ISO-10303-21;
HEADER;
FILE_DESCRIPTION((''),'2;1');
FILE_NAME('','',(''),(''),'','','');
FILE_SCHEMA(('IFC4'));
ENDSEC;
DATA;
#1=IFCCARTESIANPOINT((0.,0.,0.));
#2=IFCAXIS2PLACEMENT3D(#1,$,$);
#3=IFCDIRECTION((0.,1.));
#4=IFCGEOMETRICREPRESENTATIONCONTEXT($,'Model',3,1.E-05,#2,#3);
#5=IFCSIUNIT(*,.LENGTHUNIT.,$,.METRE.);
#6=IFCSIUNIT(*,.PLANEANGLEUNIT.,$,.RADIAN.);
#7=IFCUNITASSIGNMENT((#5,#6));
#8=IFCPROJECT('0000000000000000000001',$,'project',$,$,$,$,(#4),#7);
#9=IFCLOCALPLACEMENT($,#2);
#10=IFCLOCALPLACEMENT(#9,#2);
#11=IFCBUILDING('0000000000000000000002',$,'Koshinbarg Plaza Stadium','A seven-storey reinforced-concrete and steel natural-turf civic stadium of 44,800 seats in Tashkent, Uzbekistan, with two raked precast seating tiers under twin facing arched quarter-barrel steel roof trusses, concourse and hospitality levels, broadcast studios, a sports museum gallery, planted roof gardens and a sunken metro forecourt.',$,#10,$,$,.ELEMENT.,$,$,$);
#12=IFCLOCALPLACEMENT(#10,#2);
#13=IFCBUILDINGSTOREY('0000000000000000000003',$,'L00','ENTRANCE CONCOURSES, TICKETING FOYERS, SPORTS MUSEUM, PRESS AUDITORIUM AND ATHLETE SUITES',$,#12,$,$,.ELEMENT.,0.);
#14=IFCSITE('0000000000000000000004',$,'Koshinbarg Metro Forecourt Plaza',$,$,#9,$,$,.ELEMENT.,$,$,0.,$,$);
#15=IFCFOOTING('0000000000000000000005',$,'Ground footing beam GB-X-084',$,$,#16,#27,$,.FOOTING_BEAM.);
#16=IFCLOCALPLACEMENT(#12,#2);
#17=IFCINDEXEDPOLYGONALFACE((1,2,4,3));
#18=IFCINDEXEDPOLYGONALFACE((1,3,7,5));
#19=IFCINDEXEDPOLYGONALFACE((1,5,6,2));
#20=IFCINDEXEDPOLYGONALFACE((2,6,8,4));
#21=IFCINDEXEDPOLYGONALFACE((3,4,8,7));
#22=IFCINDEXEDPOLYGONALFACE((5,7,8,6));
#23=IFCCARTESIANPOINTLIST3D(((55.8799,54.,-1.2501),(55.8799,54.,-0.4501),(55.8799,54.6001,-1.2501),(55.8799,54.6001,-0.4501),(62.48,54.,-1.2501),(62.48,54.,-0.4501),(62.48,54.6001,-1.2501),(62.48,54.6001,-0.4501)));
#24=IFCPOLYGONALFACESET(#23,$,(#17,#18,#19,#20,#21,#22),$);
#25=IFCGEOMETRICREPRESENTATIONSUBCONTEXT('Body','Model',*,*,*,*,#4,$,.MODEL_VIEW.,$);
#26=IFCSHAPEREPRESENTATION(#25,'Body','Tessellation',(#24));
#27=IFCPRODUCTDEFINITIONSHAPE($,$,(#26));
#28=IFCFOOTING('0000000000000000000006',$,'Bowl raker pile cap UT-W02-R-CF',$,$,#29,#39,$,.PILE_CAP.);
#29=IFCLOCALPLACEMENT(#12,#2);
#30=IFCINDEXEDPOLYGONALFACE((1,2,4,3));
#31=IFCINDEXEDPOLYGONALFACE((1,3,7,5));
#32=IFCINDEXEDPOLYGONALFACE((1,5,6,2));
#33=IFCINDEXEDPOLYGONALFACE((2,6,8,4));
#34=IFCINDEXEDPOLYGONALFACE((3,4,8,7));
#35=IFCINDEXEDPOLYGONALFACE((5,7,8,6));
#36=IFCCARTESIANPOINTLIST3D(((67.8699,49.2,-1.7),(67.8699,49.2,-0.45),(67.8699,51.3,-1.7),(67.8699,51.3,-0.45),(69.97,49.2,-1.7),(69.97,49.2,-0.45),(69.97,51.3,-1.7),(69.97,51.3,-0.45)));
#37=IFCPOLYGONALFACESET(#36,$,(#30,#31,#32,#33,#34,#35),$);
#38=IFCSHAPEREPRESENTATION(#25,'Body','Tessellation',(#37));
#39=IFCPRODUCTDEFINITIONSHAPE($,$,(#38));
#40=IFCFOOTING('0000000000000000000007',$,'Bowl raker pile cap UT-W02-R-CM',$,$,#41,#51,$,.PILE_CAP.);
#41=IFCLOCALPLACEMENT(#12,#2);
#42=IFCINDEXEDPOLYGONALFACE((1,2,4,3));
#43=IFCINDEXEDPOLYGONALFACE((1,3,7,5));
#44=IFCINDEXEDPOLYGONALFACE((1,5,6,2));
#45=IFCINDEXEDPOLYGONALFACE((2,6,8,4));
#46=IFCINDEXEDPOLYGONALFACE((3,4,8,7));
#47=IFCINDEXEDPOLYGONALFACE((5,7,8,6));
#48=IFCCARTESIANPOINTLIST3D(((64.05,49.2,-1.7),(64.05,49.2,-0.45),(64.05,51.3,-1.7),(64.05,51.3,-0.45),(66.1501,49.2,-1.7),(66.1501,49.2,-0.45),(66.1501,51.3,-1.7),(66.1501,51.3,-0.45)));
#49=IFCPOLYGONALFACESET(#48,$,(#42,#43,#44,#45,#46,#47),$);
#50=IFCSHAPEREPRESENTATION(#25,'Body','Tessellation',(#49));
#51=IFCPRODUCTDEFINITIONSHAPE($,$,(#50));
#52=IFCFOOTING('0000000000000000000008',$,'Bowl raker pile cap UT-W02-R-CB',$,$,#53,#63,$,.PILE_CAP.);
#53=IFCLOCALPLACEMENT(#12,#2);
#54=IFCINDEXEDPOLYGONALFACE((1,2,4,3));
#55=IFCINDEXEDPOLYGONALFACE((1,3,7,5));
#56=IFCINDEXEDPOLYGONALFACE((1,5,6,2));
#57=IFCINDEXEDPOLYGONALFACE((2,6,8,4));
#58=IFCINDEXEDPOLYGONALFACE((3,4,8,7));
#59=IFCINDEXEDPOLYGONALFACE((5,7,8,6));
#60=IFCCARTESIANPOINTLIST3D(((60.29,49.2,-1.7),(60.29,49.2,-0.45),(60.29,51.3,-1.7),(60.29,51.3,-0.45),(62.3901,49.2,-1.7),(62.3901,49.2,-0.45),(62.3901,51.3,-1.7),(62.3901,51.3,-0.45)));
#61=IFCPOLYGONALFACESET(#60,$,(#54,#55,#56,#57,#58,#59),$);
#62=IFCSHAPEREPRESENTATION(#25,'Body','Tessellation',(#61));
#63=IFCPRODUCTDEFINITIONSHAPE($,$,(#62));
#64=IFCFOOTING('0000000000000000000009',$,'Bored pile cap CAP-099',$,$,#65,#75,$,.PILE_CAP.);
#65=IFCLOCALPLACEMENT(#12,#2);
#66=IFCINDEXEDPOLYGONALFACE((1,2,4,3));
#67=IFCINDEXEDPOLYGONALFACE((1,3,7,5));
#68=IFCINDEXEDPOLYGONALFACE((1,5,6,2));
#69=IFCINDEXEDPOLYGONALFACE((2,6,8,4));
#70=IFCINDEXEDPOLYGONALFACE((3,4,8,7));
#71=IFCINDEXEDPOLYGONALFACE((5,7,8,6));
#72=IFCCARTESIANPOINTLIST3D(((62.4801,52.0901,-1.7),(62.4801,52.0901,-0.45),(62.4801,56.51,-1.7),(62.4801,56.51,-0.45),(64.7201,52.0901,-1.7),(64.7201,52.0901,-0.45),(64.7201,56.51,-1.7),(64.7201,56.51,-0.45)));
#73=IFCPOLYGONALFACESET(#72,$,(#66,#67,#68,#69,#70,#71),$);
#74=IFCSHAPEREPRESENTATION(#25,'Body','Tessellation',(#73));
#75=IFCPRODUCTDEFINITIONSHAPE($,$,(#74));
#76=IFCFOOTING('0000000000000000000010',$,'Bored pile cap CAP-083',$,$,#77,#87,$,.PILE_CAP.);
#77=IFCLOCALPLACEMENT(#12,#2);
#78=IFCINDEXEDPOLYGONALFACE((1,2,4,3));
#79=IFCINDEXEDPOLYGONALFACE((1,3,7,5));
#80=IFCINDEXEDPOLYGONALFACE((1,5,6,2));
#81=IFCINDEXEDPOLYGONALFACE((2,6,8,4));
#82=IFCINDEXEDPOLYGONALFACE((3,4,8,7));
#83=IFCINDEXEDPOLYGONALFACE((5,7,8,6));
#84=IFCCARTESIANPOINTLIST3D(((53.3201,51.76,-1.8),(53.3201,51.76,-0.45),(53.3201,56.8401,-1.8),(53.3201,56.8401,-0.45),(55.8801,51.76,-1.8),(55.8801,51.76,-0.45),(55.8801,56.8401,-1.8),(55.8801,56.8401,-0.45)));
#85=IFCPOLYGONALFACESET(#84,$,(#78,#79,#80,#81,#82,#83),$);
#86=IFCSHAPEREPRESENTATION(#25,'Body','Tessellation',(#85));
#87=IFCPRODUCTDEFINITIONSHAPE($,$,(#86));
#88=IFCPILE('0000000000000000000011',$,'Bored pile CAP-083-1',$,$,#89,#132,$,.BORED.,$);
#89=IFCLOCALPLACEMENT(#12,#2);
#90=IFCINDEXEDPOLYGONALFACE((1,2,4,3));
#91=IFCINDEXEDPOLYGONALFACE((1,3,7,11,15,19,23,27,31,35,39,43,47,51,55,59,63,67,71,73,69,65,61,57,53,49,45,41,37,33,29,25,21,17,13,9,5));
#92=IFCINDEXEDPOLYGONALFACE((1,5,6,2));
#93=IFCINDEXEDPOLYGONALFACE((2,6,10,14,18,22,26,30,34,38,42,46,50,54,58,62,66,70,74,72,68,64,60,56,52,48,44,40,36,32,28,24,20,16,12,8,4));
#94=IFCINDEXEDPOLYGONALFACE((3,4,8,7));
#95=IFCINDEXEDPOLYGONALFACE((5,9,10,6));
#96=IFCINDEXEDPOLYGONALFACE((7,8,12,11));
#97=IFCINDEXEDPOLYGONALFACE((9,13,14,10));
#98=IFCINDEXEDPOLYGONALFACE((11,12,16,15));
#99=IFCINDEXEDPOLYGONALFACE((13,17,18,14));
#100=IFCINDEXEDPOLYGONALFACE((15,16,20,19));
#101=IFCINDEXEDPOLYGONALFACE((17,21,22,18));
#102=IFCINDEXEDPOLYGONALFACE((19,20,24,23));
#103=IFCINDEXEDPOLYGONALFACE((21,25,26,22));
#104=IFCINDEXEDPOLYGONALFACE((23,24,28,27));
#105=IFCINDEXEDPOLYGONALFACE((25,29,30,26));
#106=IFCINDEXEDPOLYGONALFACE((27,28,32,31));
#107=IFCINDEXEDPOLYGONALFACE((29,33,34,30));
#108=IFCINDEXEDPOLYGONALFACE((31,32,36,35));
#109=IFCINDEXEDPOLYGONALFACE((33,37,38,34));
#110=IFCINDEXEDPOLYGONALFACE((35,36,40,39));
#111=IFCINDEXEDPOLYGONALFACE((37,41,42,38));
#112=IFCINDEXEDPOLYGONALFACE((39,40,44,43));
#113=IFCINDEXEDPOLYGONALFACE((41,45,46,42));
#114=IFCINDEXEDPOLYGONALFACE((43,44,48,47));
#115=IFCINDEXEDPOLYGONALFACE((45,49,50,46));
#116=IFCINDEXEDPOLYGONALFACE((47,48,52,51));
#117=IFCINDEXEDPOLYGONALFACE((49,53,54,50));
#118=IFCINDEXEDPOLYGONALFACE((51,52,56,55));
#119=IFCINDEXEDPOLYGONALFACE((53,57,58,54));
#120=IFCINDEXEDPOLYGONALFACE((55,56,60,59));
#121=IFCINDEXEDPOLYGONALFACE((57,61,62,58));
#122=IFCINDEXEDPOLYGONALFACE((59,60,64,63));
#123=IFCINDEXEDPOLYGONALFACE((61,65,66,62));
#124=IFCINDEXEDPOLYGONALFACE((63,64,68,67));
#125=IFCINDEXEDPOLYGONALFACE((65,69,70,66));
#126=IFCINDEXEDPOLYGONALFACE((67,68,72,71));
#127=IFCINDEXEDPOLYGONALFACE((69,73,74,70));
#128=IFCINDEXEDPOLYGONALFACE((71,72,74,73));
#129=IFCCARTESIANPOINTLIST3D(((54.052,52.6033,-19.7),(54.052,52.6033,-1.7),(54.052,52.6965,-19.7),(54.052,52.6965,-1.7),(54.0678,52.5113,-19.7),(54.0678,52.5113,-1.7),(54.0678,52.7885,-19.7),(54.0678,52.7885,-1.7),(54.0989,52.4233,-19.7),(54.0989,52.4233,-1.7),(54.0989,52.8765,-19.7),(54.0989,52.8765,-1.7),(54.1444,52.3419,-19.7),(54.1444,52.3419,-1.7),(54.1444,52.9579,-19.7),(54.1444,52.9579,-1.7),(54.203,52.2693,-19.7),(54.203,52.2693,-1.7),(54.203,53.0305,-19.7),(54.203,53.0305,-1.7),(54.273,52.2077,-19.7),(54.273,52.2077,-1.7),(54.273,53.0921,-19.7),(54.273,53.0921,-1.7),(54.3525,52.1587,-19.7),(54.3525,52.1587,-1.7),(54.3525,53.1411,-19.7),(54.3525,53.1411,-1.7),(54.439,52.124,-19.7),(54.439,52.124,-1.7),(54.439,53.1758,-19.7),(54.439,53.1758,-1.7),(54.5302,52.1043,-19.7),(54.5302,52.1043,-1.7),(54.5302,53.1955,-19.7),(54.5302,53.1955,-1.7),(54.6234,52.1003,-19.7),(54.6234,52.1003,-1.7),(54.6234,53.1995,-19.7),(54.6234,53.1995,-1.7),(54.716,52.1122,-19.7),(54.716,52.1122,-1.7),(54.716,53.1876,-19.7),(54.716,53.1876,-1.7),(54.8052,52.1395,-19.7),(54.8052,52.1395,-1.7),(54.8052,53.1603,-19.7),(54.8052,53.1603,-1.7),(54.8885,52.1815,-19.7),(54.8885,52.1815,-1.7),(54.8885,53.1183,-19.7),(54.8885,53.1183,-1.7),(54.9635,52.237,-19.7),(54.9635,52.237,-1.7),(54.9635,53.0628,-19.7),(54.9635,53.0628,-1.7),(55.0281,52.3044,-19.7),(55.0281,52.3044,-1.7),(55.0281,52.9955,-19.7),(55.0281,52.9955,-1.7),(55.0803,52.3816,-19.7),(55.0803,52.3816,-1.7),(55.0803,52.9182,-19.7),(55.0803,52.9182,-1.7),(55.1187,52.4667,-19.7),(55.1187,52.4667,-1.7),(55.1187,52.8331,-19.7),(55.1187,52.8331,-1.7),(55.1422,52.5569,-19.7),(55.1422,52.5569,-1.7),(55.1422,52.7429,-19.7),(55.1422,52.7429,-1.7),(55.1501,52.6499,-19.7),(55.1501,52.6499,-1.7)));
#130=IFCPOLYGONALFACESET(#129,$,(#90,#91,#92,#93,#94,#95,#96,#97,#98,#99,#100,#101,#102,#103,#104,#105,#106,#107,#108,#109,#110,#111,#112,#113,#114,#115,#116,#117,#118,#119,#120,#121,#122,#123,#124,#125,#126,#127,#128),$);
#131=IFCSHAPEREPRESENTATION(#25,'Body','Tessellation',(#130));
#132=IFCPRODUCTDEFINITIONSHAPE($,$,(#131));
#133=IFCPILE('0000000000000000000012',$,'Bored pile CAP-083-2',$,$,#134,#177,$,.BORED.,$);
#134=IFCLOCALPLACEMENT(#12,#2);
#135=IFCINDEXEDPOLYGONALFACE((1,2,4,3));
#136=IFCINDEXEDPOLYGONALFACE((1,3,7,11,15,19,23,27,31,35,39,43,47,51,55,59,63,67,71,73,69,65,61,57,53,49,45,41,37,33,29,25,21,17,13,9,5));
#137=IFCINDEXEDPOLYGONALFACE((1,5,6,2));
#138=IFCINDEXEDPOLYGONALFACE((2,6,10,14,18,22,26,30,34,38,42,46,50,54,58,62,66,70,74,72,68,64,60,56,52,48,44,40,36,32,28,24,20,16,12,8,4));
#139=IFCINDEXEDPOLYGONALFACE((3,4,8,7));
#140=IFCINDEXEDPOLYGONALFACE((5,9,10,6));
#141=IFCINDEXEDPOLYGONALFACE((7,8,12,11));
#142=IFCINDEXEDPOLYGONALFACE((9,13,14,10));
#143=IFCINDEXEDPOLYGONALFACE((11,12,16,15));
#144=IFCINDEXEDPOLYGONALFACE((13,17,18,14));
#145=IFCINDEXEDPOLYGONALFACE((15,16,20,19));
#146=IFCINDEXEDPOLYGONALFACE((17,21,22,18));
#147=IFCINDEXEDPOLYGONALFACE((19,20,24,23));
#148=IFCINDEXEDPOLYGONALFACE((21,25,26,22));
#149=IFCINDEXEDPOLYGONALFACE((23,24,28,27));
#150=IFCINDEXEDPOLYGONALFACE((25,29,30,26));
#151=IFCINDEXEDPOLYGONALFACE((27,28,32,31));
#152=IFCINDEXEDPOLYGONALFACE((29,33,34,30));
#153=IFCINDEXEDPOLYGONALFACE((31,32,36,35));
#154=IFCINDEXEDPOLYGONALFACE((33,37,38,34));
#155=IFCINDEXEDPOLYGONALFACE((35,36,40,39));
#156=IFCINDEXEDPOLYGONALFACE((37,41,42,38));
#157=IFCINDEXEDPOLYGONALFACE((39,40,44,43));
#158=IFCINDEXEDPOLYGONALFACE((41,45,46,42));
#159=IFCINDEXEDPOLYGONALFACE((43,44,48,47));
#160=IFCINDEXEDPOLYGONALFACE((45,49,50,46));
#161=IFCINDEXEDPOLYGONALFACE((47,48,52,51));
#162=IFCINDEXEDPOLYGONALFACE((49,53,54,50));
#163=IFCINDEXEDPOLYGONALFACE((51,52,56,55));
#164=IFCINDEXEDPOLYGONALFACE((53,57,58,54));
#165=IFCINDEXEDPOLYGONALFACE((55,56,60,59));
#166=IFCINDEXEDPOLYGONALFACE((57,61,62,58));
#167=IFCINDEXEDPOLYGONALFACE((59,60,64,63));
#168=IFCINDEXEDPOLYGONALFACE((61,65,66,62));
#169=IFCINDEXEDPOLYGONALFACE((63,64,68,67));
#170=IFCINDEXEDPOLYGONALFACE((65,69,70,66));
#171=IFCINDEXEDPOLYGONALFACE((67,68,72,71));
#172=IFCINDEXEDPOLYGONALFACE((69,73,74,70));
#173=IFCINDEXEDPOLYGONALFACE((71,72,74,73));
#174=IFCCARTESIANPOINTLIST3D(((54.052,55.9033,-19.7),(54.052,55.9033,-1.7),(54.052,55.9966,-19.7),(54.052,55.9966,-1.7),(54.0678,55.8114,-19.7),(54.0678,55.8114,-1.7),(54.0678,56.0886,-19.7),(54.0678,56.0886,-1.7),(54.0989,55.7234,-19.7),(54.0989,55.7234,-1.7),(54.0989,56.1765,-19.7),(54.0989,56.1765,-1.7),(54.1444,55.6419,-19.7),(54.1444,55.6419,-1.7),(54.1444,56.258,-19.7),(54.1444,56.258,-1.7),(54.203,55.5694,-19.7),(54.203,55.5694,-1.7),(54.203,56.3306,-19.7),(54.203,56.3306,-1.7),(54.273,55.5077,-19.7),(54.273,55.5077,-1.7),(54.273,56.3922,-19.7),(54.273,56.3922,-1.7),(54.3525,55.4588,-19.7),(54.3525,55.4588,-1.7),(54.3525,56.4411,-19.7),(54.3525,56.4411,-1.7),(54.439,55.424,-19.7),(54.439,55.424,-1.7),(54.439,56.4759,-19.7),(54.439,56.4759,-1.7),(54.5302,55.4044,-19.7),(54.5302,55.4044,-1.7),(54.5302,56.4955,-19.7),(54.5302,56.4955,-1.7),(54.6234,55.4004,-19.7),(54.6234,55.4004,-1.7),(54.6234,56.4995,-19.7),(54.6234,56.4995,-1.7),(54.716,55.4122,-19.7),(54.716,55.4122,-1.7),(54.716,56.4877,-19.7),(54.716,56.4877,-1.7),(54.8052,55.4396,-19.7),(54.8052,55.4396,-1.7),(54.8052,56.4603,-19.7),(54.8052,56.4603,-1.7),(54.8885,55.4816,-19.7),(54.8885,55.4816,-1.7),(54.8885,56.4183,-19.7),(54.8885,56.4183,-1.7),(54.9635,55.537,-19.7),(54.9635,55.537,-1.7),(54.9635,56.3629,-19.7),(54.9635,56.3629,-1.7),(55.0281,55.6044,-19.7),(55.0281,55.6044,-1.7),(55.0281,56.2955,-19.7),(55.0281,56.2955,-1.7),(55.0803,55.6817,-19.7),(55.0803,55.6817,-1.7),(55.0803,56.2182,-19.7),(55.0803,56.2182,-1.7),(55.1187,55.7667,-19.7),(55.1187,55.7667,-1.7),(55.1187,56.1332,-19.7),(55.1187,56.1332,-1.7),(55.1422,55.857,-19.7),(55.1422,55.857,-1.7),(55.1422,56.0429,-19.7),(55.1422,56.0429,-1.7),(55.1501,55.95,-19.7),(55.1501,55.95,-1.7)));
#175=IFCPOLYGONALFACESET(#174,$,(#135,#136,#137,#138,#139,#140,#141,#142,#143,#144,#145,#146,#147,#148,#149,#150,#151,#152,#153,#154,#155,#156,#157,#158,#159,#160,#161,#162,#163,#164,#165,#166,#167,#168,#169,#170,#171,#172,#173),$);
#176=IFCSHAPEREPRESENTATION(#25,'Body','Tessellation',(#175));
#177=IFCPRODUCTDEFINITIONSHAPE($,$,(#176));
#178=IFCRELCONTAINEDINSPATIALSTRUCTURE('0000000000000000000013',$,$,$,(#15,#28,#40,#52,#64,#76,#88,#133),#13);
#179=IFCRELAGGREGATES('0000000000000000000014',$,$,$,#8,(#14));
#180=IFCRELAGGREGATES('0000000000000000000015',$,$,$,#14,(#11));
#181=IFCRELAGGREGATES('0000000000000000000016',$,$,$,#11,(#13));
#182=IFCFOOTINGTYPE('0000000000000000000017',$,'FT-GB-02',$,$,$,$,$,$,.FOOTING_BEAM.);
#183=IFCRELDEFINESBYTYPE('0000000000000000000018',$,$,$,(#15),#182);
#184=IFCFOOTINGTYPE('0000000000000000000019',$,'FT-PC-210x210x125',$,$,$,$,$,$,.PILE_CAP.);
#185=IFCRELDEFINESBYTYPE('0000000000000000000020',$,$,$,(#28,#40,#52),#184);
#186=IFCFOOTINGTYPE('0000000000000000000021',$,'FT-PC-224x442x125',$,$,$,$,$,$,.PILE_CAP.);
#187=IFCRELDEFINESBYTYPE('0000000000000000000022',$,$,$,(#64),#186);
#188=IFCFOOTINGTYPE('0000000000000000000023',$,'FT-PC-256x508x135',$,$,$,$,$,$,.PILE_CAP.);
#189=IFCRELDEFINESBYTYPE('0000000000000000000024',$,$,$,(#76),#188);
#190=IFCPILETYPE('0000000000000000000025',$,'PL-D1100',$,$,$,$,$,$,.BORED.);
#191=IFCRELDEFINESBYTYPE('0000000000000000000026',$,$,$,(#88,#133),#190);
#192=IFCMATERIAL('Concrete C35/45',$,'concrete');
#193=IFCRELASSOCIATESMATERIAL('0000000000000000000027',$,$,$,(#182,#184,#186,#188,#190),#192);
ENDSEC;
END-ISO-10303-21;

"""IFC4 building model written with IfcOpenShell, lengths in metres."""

from ifc_helpers import new_model, si_unit, direction, frame, origin, origin_2d, place, context, subcontext, project, spatial, rectangle, circle, extrude, material, material_profile, profile_set, type_object, element, save


model = new_model("IFC4")

# Units and contexts
model_context = context("Model", 3, precision=1e-05, world=origin(), true_north=direction((0.0, 1.0)))
body_context = subcontext(model_context, "Body", "Model", "MODEL_VIEW")
ifc_project = project(units=[si_unit("LENGTHUNIT", "METRE"), si_unit("PLANEANGLEUNIT", "RADIAN")], contexts=[model_context])

# Site, building, storey
site_placement = place(None, origin())
site = spatial("IfcSite", under=ifc_project, at=site_placement, Name="Koshinbarg Metro Forecourt Plaza", CompositionType="ELEMENT", RefElevation=0.0)
building_placement = place(site_placement, origin())
building = spatial("IfcBuilding", under=site, at=building_placement, Name="Koshinbarg Plaza Stadium", Description="A seven-storey reinforced-concrete and steel natural-turf civic stadium of 44,800 seats in Tashkent, Uzbekistan, with two raked precast seating tiers under twin facing arched quarter-barrel steel roof trusses, concourse and hospitality levels, broadcast studios, a sports museum gallery, planted roof gardens and a sunken metro forecourt.", CompositionType="ELEMENT")
storey_placement = place(building_placement, origin())
storey = spatial("IfcBuildingStorey", under=building, at=storey_placement, Name="L00", Description="ENTRANCE CONCOURSES, TICKETING FOYERS, SPORTS MUSEUM, PRESS AUDITORIUM AND ATHLETE SUITES", CompositionType="ELEMENT", Elevation=0.0)

# Footings
ifc_material_1 = material(Name="Concrete C35/45", Category="concrete")
ifc_material_profile_1 = material_profile(ifc_material_1, rectangle(XDim=0.6001, YDim=0.8, at=origin_2d()), Name="GB 600x800")
ifc_profile_set_1 = profile_set([ifc_material_profile_1], Name="Concrete C35/45")
footing_type_1 = type_object("IfcFootingType", Name="FT-GB-02", PredefinedType="FOOTING_BEAM", material=ifc_profile_set_1)
footing_1_placement = place(storey_placement, frame((55.8799, 54.3, -0.8501), z_axis=(1.0, 0.0, 0.0), x_axis=(0.0, 1.0, 0.0)))
element("IfcFooting", 1, at=footing_1_placement, inside=storey, type_object=footing_type_1, Name="Ground footing beam GB-X-084", PredefinedType="FOOTING_BEAM", context=body_context, shape_type="SweptSolid", body=[
    extrude(rectangle(XDim=0.6001, YDim=0.8, at=origin_2d()), origin(), (0.0, 0.0, 1.0), 6.6001),
])
footing_type_2 = type_object("IfcFootingType", Name="FT-PC-210x210x125", PredefinedType="PILE_CAP", material=ifc_material_1)
for number, where, z_axis, x_axis, name in (
    (2, (68.9199, 50.25, -1.7), (0.0, 0.0, 1.0), (1.0, 0.0, 0.0), "Bowl raker pile cap UT-W02-R-CF"),
    (3, (65.1001, 50.25, -1.7), (0.0, 0.0, 1.0), (1.0, 0.0, 0.0), "Bowl raker pile cap UT-W02-R-CM"),
    (4, (61.3401, 50.25, -1.7), (0.0, 0.0, 1.0), (1.0, 0.0, 0.0), "Bowl raker pile cap UT-W02-R-CB"),
):
    element("IfcFooting", number, at=place(storey_placement, frame(where, z_axis=z_axis, x_axis=x_axis)), inside=storey, type_object=footing_type_2, Name=name, PredefinedType="PILE_CAP", context=body_context, shape_type="SweptSolid", body=[
        extrude(rectangle(XDim=2.1001, YDim=2.1001, at=origin_2d()), origin(), (0.0, 0.0, 1.0), 1.25),
    ])
footing_type_3 = type_object("IfcFootingType", Name="FT-PC-224x442x125", PredefinedType="PILE_CAP", material=ifc_material_1)
footing_2_placement = place(storey_placement, frame((63.6001, 54.3, -1.7), z_axis=(0.0, 0.0, 1.0), x_axis=(1.0, 0.0, 0.0)))
element("IfcFooting", 5, at=footing_2_placement, inside=storey, type_object=footing_type_3, Name="Bored pile cap CAP-099", PredefinedType="PILE_CAP", context=body_context, shape_type="SweptSolid", body=[
    extrude(rectangle(XDim=2.24, YDim=4.4199, at=origin_2d()), origin(), (0.0, 0.0, 1.0), 1.25),
])
footing_type_4 = type_object("IfcFootingType", Name="FT-PC-256x508x135", PredefinedType="PILE_CAP", material=ifc_material_1)
footing_3_placement = place(storey_placement, frame((54.6001, 54.3, -1.8), z_axis=(0.0, 0.0, 1.0), x_axis=(1.0, 0.0, 0.0)))
element("IfcFooting", 6, at=footing_3_placement, inside=storey, type_object=footing_type_4, Name="Bored pile cap CAP-083", PredefinedType="PILE_CAP", context=body_context, shape_type="SweptSolid", body=[
    extrude(rectangle(XDim=2.5601, YDim=5.0801, at=origin_2d()), origin(), (0.0, 0.0, 1.0), 1.3501),
])

# Piles
ifc_material_profile_2 = material_profile(ifc_material_1, circle(Radius=0.55, at=origin_2d()), Name="PILE D1100")
ifc_profile_set_2 = profile_set([ifc_material_profile_2], Name="Concrete C35/45")
pile_type_1 = type_object("IfcPileType", Name="PL-D1100", PredefinedType="BORED", material=ifc_profile_set_2)
for number, where, z_axis, x_axis, name in (
    (7, (54.6001, 52.6499, -1.7), (0.0, 0.0, -1.0), (1.0, 0.0, 0.0), "Bored pile CAP-083-1"),
    (8, (54.6001, 55.95, -1.7), (0.0, 0.0, -1.0), (1.0, 0.0, 0.0), "Bored pile CAP-083-2"),
):
    element("IfcPile", number, at=place(storey_placement, frame(where, z_axis=z_axis, x_axis=x_axis)), inside=storey, type_object=pile_type_1, Name=name, PredefinedType="BORED", context=body_context, shape_type="SweptSolid", body=[
        extrude(circle(Radius=0.55, at=origin_2d()), origin(), (0.0, 0.0, 1.0), 18.0),
    ])

save(model, "model.ifc")
